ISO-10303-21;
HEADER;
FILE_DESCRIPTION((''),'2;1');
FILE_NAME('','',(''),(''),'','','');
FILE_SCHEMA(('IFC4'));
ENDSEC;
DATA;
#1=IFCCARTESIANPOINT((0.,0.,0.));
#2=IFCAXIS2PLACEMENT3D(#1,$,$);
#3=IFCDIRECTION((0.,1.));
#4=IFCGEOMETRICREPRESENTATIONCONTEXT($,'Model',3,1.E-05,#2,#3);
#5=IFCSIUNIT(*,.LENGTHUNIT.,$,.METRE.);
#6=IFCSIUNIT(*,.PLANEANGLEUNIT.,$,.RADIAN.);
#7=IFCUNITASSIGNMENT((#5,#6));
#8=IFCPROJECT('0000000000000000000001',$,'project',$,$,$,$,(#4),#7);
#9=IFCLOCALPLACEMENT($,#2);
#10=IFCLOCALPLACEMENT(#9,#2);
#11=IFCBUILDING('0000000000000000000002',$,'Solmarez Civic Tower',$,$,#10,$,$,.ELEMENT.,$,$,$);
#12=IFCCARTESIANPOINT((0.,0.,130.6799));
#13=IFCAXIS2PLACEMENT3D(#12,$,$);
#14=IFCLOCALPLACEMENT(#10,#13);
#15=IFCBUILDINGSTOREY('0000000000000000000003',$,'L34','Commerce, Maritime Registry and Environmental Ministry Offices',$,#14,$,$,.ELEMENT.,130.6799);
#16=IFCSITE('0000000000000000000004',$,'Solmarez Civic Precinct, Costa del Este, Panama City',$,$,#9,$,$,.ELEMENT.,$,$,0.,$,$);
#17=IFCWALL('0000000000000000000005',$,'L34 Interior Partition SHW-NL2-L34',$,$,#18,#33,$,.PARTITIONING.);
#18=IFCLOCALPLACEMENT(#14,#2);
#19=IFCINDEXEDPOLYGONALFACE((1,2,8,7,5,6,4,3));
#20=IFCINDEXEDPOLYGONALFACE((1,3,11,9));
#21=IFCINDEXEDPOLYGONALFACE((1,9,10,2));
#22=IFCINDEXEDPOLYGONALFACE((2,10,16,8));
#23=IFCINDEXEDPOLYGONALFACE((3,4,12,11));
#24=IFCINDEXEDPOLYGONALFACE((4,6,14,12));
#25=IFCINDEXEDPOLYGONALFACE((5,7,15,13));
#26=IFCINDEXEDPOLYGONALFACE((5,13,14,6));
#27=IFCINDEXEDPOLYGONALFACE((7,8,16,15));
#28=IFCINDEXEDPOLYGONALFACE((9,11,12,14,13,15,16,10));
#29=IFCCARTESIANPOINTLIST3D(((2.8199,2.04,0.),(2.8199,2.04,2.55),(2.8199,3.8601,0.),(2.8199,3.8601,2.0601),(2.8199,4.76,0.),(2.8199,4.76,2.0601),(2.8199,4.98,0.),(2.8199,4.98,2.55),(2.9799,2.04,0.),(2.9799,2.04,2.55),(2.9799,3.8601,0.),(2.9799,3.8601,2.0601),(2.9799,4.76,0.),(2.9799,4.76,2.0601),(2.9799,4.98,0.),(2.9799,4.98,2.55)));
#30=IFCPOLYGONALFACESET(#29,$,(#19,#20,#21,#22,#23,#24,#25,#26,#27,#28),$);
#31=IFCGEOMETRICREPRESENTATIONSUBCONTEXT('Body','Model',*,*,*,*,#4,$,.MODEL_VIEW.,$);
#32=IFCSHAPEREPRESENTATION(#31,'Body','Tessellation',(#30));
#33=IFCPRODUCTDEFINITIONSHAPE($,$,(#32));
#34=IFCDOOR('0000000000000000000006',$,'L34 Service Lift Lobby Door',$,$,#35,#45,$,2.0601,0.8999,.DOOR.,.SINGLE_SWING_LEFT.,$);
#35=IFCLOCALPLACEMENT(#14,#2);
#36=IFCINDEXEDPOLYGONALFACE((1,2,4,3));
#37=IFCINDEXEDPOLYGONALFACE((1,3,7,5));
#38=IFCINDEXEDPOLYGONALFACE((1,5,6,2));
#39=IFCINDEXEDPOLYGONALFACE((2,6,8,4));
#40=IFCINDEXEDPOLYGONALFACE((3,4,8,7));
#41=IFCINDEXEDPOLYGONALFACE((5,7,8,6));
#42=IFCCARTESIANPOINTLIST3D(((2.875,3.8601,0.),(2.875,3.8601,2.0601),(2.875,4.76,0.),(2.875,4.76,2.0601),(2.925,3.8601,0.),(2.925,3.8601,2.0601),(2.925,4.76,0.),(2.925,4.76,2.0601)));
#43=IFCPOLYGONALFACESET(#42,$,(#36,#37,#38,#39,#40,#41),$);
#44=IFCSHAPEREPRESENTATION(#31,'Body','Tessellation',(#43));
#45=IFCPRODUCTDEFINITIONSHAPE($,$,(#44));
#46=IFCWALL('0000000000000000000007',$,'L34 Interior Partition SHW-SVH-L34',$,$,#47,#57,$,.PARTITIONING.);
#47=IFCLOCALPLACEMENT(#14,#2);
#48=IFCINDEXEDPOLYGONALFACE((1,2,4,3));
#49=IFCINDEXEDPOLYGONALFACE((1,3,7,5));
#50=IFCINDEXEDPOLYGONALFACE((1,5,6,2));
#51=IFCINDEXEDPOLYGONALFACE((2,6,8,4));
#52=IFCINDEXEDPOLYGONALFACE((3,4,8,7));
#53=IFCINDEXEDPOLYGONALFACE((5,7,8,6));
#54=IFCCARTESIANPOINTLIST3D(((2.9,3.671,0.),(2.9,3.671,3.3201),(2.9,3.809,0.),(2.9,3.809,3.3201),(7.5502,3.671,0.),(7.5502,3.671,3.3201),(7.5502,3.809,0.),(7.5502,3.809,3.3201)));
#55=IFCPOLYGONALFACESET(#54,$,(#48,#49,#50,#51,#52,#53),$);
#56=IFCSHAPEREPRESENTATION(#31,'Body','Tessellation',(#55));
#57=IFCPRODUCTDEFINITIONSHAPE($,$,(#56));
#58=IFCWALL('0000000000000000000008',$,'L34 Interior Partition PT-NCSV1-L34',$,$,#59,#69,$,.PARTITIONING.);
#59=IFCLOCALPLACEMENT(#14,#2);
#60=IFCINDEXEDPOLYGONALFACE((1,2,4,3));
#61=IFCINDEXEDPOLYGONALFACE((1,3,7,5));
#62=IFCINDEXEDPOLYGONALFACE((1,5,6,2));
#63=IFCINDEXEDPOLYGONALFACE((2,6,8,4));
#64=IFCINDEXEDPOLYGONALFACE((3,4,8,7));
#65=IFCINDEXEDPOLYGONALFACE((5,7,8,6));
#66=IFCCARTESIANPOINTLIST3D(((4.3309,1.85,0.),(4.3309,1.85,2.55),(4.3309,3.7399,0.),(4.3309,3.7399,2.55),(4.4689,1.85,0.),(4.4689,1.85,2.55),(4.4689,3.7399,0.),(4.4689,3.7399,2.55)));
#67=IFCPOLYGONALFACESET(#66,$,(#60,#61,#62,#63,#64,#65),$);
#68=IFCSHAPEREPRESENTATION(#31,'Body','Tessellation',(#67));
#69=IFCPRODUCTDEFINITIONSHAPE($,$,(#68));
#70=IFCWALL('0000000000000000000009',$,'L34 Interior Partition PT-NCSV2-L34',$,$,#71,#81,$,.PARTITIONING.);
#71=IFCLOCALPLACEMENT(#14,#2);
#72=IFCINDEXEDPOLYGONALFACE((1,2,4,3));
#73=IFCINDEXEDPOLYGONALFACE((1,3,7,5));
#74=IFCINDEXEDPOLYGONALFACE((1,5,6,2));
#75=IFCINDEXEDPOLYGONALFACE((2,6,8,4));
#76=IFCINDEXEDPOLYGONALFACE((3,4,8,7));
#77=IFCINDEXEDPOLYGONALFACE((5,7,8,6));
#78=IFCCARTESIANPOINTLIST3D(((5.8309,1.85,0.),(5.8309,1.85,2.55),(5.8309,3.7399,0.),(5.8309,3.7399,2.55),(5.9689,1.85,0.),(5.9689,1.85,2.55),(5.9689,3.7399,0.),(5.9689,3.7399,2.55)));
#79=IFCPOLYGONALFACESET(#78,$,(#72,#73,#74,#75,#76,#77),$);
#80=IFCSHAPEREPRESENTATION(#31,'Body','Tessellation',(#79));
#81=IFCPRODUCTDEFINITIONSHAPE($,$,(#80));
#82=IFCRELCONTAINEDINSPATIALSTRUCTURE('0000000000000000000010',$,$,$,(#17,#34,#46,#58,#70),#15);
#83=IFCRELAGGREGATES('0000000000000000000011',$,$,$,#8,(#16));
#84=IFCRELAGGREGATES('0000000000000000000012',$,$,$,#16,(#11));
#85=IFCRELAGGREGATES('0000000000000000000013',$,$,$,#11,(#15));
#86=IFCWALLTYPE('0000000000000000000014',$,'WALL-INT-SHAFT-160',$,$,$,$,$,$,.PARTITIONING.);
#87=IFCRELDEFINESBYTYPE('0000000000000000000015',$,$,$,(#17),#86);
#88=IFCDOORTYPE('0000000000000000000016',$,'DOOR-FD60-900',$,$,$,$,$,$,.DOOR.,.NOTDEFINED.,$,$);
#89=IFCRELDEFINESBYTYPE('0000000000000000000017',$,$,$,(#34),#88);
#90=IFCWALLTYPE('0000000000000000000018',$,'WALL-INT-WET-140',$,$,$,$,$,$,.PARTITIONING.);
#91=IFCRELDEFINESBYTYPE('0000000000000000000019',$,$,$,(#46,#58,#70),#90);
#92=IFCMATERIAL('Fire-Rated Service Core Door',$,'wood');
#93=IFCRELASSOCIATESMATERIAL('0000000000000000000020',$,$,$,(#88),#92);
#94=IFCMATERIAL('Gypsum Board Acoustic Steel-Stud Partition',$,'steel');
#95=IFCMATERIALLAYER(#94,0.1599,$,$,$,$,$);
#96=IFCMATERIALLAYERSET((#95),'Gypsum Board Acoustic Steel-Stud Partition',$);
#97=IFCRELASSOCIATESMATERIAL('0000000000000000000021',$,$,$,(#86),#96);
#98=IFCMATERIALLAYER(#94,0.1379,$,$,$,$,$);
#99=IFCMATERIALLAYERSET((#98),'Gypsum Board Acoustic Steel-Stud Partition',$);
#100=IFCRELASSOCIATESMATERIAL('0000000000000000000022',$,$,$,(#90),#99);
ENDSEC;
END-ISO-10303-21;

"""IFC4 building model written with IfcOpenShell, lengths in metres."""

from ifc_helpers import new_model, si_unit, direction, frame, frame_2d, origin, place, context, subcontext, project, spatial, rectangle, extrude, material, layer, layer_set, type_object, element, fill, save


model = new_model("IFC4")

# Units and contexts
model_context = context("Model", 3, precision=1e-05, world=origin(), true_north=direction((0.0, 1.0)))
body_context = subcontext(model_context, "Body", "Model", "MODEL_VIEW")
ifc_project = project(units=[si_unit("LENGTHUNIT", "METRE"), si_unit("PLANEANGLEUNIT", "RADIAN")], contexts=[model_context])

# Site, building, storey
site_placement = place(None, origin())
site = spatial("IfcSite", under=ifc_project, at=site_placement, Name="Solmarez Civic Precinct, Costa del Este, Panama City", CompositionType="ELEMENT", RefElevation=0.0)
building_placement = place(site_placement, origin())
building = spatial("IfcBuilding", under=site, at=building_placement, Name="Solmarez Civic Tower", CompositionType="ELEMENT")
storey_placement = place(building_placement, frame((0.0, 0.0, 130.6799)))
storey = spatial("IfcBuildingStorey", under=building, at=storey_placement, Name="L34", Description="Commerce, Maritime Registry and Environmental Ministry Offices", CompositionType="ELEMENT", Elevation=130.6799)

# Shared definitions
ifc_material_1 = material(Name="Fire-Rated Service Core Door", Category="wood")
door_type_1 = type_object("IfcDoorType", Name="DOOR-FD60-900", OperationType="NOTDEFINED", PredefinedType="DOOR", material=ifc_material_1)

# Shared definitions
ifc_material_2 = material(Name="Gypsum Board Acoustic Steel-Stud Partition", Category="steel")

# Wall, opening, door
ifc_layer_1 = layer(ifc_material_2, 0.1599)
ifc_layer_set_1 = layer_set([ifc_layer_1], Name="Gypsum Board Acoustic Steel-Stud Partition")
wall_type_1 = type_object("IfcWallType", Name="WALL-INT-SHAFT-160", PredefinedType="PARTITIONING", material=ifc_layer_set_1)
wall_1_placement = place(storey_placement, frame((2.8999, 2.04, 0.0), z_axis=(0.0, 0.0, 1.0), x_axis=(0.0, 1.0, 0.0)))
wall_1 = element("IfcWall", 1, at=wall_1_placement, inside=storey, type_object=wall_type_1, Name="L34 Interior Partition SHW-NL2-L34", PredefinedType="PARTITIONING", context=body_context, shape_type="SweptSolid", body=[
    extrude(rectangle(XDim=2.9399, YDim=0.1599, at=frame_2d((1.47, 0.0))), origin(), (0.0, 0.0, 1.0), 2.55),
])
opening_1_placement = place(wall_1_placement, frame((1.8201, 0.0, 0.0)))
opening_1 = element("IfcOpeningElement", 2, at=opening_1_placement, cuts=wall_1, PredefinedType="OPENING", context=body_context, shape_type="SweptSolid", body=[
    extrude(rectangle(XDim=0.8999, YDim=2.0601, at=frame_2d((0.45, 1.03))), frame((0.0, 0.0898, 0.0), z_axis=(0.0, -1.0, 0.0), x_axis=(1.0, 0.0, 0.0)), (0.0, 0.0, 1.0), 0.1799),
])
door_1_placement = place(opening_1_placement, origin())
door_1 = element("IfcDoor", 3, at=door_1_placement, inside=storey, type_object=door_type_1, Name="L34 Service Lift Lobby Door", OperationType="SINGLE_SWING_LEFT", OverallHeight=2.0601, OverallWidth=0.8999, PredefinedType="DOOR", context=body_context, shape_type="SweptSolid", body=[
    extrude(rectangle(XDim=0.8999, YDim=2.0601, at=frame_2d((0.45, 1.03))), frame((0.0, 0.0249, 0.0), z_axis=(0.0, -1.0, 0.0), x_axis=(1.0, 0.0, 0.0)), (0.0, 0.0, 1.0), 0.05),
])
fill(opening_1, door_1)

# Walls
ifc_layer_2 = layer(ifc_material_2, 0.1379)
ifc_layer_set_2 = layer_set([ifc_layer_2], Name="Gypsum Board Acoustic Steel-Stud Partition")
wall_type_2 = type_object("IfcWallType", Name="WALL-INT-WET-140", PredefinedType="PARTITIONING", material=ifc_layer_set_2)
wall_2_placement = place(storey_placement, frame((2.8999, 3.74, 0.0), z_axis=(0.0, 0.0, 1.0), x_axis=(1.0, 0.0, 0.0)))
element("IfcWall", 4, at=wall_2_placement, inside=storey, type_object=wall_type_2, Name="L34 Interior Partition SHW-SVH-L34", PredefinedType="PARTITIONING", context=body_context, shape_type="SweptSolid", body=[
    extrude(rectangle(XDim=4.6501, YDim=0.1379, at=frame_2d((2.3252, 0.0))), origin(), (0.0, 0.0, 1.0), 3.3201),
])
for number, where, z_axis, x_axis, name in (
    (5, (4.3999, 1.8501, 0.0), (0.0, 0.0, 1.0), (0.0, 1.0, 0.0), "L34 Interior Partition PT-NCSV1-L34"),
    (6, (5.8999, 1.8501, 0.0), (0.0, 0.0, 1.0), (0.0, 1.0, 0.0), "L34 Interior Partition PT-NCSV2-L34"),
):
    element("IfcWall", number, at=place(storey_placement, frame(where, z_axis=z_axis, x_axis=x_axis)), inside=storey, type_object=wall_type_2, Name=name, PredefinedType="PARTITIONING", context=body_context, shape_type="SweptSolid", body=[
        extrude(rectangle(XDim=1.8899, YDim=0.1379, at=frame_2d((0.9448, 0.0))), origin(), (0.0, 0.0, 1.0), 2.55),
    ])

save(model, "model.ifc")
